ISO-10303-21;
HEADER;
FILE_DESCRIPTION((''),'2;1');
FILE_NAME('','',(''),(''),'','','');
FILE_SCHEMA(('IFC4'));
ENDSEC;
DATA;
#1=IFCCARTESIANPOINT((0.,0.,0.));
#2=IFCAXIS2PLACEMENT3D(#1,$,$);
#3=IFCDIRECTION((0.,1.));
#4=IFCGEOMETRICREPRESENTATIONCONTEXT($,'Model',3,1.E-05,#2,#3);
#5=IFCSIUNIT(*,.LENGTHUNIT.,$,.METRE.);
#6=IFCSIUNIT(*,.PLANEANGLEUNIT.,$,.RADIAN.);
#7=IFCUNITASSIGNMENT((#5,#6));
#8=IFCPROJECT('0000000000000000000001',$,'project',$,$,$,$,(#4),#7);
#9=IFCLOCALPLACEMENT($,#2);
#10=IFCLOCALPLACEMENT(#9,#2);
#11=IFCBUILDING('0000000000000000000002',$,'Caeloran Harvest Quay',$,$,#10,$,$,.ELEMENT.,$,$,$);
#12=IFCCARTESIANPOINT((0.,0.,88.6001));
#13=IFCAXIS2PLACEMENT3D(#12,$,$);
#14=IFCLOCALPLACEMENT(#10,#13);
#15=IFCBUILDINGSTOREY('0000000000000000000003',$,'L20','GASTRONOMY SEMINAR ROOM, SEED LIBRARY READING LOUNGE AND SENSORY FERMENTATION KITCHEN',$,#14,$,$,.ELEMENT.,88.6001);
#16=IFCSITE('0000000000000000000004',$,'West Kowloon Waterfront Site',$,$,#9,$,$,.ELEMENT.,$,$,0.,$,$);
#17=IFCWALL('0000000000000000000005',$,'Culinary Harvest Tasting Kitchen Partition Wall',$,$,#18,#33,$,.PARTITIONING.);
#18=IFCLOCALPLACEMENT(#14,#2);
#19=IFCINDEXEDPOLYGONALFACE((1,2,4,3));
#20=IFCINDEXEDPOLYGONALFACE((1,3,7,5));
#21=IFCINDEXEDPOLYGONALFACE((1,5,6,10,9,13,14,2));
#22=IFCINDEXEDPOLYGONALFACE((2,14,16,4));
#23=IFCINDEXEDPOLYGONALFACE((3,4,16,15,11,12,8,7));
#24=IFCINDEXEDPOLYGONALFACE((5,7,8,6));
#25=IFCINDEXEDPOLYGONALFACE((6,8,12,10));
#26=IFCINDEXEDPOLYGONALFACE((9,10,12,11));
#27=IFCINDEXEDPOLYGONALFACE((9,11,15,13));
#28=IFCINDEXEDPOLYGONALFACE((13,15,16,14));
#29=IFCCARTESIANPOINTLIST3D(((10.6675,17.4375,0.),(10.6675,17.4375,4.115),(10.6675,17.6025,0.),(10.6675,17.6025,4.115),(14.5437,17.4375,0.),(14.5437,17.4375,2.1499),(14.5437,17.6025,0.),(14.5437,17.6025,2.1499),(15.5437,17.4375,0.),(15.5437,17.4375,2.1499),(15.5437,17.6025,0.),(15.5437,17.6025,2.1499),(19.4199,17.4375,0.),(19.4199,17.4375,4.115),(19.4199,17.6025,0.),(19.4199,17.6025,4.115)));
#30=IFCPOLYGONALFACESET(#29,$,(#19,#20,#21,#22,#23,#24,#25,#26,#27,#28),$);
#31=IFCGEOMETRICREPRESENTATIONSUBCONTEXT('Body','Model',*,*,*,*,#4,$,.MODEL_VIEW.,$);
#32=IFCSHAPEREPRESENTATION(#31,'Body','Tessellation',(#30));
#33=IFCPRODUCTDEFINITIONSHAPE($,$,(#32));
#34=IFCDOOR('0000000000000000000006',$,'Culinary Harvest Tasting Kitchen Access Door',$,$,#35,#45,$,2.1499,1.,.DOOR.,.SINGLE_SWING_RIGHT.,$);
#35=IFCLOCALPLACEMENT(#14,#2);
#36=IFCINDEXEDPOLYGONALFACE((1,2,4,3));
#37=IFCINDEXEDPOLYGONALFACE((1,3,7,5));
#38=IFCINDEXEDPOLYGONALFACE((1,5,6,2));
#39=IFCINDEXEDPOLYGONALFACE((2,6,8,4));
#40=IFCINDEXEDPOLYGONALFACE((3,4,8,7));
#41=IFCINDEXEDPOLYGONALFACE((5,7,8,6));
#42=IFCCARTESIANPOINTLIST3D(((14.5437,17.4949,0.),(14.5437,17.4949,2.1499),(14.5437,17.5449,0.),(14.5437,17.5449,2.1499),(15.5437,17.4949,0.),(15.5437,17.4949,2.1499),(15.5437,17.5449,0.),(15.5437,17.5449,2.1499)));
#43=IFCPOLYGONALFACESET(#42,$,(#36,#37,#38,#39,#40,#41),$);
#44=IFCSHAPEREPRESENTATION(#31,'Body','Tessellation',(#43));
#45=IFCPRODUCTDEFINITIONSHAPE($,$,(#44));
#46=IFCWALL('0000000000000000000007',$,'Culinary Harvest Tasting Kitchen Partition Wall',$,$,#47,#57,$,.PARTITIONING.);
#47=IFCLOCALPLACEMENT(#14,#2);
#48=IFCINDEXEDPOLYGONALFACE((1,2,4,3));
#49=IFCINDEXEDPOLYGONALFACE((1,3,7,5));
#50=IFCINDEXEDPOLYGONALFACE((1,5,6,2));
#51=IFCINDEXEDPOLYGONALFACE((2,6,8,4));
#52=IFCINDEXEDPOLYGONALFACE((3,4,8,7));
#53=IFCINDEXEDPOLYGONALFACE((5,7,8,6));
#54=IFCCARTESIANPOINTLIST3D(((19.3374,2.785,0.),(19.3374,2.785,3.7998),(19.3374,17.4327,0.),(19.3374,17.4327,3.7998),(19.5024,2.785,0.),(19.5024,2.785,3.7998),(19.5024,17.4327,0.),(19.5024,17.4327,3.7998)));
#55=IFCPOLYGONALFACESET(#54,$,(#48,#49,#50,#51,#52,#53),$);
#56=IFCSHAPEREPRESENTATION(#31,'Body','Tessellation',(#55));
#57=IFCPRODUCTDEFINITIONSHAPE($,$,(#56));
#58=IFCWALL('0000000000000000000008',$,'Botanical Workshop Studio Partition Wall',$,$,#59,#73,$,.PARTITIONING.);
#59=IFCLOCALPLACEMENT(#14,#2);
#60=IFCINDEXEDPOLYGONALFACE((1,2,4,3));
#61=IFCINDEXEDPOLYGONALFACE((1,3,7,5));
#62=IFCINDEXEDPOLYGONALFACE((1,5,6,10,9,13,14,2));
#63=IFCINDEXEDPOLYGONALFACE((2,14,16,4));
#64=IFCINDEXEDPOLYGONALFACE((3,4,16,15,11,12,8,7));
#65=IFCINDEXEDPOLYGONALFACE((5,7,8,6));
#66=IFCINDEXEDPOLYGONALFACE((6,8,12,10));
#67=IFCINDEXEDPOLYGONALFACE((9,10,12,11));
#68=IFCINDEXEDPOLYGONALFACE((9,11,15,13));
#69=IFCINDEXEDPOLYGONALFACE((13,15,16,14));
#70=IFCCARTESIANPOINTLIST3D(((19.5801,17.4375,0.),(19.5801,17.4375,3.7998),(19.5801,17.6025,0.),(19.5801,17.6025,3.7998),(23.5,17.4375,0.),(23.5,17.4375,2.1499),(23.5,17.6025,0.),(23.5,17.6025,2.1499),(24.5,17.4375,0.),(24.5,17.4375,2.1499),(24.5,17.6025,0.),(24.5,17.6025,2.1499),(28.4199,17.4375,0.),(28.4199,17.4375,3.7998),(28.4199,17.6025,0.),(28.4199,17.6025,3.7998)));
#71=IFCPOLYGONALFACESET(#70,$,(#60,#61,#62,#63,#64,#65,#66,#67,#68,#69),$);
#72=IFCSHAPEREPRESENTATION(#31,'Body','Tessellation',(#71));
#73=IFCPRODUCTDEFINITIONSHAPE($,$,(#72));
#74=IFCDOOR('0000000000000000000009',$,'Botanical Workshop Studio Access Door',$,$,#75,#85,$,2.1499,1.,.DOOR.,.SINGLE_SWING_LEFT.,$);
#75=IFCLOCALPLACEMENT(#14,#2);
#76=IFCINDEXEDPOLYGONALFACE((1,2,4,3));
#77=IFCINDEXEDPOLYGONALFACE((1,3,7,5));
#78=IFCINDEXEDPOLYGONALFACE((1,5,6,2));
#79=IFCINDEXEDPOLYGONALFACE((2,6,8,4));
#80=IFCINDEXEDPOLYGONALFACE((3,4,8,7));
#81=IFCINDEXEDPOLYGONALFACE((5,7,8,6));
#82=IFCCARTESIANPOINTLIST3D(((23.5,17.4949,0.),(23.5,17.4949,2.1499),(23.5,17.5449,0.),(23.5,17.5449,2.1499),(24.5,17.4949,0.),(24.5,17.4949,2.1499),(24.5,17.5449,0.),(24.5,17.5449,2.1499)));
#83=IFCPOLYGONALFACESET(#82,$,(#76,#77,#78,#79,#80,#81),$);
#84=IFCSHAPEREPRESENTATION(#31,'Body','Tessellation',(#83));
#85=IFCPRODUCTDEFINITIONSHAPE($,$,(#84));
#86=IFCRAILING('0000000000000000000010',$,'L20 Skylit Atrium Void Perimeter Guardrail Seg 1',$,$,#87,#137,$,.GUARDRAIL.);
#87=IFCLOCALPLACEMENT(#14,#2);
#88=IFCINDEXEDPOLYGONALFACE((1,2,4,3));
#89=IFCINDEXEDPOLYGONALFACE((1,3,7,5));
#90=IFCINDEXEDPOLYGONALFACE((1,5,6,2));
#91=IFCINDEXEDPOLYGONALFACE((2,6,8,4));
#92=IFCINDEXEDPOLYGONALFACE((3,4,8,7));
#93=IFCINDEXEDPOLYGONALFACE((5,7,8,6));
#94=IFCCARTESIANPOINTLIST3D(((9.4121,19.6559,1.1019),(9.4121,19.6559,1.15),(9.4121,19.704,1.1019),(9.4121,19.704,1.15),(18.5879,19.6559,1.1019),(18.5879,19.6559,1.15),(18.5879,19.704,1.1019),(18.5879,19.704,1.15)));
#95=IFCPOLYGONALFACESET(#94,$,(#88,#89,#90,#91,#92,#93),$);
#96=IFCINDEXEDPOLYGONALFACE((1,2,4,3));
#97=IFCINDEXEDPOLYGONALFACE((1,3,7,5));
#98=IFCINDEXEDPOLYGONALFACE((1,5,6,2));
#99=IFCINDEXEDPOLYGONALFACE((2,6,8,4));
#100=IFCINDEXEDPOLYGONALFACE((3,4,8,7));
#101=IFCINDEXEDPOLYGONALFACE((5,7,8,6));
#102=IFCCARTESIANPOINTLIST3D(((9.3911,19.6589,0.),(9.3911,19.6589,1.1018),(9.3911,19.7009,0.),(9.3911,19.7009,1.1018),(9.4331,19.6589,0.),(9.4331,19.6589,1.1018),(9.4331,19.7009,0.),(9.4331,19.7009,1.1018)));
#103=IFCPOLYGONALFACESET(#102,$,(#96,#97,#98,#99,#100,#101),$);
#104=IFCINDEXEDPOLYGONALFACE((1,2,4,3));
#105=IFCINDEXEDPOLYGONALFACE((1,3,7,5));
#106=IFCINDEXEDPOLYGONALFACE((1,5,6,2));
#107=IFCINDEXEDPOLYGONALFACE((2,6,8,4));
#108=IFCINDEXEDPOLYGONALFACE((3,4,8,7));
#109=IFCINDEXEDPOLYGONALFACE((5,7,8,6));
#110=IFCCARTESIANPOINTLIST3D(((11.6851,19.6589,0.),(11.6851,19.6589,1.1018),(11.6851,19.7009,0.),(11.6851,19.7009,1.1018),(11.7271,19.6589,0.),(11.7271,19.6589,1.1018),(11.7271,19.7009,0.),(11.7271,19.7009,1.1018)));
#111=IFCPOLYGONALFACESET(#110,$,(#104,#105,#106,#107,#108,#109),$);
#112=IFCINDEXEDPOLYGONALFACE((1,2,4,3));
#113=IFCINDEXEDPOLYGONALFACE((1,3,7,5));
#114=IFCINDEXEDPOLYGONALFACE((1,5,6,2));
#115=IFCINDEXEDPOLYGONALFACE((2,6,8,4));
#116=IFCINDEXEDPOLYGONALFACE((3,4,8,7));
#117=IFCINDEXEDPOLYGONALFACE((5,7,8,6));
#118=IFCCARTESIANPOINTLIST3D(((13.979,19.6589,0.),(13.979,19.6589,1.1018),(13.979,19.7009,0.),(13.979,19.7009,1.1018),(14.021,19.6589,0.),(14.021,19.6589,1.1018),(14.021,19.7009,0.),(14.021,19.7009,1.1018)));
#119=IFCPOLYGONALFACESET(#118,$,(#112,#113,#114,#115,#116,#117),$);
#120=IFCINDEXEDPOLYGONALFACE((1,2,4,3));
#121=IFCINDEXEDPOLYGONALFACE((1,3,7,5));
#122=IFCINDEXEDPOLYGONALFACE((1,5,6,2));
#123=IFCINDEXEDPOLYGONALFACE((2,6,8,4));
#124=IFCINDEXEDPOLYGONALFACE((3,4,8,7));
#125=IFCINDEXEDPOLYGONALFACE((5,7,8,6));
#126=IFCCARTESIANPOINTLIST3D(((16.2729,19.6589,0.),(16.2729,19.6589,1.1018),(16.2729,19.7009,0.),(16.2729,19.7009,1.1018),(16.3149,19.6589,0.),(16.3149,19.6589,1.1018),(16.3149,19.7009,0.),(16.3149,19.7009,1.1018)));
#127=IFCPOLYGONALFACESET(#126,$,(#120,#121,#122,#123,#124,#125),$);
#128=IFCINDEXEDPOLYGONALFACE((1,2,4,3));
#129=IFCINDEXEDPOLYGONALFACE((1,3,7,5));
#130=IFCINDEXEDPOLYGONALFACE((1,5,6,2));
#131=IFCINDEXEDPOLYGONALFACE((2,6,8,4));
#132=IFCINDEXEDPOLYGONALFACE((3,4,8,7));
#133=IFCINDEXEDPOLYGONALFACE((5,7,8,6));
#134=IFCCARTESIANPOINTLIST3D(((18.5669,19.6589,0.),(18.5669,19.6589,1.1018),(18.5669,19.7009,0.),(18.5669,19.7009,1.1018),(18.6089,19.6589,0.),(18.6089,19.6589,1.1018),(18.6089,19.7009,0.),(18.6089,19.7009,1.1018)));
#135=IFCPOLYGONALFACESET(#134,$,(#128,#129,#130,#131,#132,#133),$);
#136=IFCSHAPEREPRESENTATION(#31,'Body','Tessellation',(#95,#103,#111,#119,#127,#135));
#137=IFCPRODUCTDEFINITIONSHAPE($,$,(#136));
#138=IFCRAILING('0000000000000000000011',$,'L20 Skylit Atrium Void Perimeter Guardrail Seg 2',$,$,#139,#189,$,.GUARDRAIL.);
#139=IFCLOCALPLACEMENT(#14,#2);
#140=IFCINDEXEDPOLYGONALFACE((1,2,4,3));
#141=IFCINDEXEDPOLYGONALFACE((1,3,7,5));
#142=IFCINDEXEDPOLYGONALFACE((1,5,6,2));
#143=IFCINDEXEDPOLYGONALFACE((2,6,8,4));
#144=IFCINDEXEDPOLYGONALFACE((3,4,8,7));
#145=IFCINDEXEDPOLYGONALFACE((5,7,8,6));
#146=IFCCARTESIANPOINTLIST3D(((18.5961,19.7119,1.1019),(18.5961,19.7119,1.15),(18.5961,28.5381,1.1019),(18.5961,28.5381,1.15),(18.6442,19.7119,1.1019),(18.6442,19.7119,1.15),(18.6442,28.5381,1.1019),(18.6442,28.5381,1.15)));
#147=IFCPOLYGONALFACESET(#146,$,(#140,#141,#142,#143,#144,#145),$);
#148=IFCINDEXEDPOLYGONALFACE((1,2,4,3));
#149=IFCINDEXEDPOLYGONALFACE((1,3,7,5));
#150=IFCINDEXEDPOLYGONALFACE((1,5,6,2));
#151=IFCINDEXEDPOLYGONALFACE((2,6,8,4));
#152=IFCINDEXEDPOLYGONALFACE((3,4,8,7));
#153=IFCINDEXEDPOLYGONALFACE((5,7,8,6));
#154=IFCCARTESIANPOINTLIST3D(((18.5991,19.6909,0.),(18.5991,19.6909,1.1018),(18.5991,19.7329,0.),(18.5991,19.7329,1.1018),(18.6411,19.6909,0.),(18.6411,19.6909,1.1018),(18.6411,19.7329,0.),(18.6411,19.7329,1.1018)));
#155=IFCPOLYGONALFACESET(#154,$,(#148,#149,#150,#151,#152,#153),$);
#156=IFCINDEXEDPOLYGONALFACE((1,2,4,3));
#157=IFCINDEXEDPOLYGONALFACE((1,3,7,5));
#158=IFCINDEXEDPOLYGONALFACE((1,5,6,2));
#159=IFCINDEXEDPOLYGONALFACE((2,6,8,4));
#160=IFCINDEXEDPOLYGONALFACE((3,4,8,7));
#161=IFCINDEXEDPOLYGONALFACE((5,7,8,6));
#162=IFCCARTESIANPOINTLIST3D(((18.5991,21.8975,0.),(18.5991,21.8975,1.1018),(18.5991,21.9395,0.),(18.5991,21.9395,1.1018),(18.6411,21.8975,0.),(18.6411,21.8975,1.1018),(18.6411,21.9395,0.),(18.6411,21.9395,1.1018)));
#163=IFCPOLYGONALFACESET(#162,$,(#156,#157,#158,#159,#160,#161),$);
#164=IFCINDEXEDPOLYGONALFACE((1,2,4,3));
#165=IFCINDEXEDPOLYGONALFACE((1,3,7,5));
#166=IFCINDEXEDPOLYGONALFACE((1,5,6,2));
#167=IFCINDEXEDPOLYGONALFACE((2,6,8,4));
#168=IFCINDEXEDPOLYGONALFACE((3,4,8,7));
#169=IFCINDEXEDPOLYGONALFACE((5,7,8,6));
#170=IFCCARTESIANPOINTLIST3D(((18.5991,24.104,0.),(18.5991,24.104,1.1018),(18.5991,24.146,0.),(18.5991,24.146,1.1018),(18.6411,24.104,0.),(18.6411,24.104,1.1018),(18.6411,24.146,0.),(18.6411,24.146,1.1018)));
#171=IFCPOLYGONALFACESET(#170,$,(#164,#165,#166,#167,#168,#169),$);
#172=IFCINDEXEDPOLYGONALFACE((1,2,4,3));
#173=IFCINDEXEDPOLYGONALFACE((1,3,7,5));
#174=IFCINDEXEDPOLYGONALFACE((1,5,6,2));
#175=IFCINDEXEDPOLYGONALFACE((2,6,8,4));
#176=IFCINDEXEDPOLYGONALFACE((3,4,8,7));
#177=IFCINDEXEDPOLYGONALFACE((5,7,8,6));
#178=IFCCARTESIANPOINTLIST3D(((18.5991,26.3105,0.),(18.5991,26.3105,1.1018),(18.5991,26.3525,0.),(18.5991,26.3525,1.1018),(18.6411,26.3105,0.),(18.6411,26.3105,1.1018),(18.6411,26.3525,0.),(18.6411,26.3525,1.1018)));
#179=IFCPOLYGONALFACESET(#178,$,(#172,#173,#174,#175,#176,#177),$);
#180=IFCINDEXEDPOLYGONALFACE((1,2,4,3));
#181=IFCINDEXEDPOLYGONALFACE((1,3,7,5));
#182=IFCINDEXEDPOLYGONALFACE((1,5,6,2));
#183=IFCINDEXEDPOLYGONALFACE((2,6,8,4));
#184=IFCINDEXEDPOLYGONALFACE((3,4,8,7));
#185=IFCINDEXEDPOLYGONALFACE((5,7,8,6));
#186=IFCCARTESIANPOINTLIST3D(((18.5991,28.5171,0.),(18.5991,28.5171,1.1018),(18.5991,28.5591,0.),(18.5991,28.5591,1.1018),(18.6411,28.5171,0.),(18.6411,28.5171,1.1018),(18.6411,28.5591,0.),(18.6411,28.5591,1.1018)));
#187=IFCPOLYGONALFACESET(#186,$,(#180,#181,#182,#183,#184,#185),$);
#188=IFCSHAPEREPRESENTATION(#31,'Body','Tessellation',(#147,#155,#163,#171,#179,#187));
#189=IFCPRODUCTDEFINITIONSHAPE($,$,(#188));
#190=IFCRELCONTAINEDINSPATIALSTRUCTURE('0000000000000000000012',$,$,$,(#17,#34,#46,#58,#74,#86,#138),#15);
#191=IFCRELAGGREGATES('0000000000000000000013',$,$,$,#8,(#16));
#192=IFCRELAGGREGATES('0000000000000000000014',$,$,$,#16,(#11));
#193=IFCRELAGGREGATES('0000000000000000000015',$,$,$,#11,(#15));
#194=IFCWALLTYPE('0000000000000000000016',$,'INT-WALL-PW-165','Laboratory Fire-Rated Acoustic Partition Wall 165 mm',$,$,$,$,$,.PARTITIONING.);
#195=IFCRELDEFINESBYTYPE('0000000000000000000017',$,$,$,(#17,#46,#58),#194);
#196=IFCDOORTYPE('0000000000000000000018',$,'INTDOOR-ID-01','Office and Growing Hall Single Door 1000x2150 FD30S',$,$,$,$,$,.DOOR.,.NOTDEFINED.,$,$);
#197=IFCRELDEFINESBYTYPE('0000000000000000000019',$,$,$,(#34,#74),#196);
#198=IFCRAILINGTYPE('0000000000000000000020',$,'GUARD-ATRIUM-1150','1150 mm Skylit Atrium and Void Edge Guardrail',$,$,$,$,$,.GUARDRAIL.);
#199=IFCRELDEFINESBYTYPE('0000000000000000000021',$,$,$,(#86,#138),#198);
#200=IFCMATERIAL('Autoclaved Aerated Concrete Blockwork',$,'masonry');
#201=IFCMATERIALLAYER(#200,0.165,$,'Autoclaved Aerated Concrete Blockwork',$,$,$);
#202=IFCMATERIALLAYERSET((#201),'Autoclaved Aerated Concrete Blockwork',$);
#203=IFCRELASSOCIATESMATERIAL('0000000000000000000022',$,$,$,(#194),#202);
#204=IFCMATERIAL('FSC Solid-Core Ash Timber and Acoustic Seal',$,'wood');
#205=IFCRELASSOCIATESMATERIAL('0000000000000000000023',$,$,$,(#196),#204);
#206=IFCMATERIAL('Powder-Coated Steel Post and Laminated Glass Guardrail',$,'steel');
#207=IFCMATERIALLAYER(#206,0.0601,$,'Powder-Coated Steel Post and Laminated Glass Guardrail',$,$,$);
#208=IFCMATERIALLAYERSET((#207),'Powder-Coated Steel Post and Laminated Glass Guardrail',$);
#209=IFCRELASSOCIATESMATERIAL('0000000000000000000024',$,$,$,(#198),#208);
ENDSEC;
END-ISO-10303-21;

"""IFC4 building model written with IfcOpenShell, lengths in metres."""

from ifc_helpers import new_model, si_unit, direction, frame, frame_2d, origin, origin_2d, place, context, subcontext, project, spatial, rectangle, extrude, material, layer, layer_set, type_object, element, fill, save


model = new_model("IFC4")

# Units and contexts
model_context = context("Model", 3, precision=1e-05, world=origin(), true_north=direction((0.0, 1.0)))
body_context = subcontext(model_context, "Body", "Model", "MODEL_VIEW")
ifc_project = project(units=[si_unit("LENGTHUNIT", "METRE"), si_unit("PLANEANGLEUNIT", "RADIAN")], contexts=[model_context])

# Site, building, storey
site_placement = place(None, origin())
site = spatial("IfcSite", under=ifc_project, at=site_placement, Name="West Kowloon Waterfront Site", CompositionType="ELEMENT", RefElevation=0.0)
building_placement = place(site_placement, origin())
building = spatial("IfcBuilding", under=site, at=building_placement, Name="Caeloran Harvest Quay", CompositionType="ELEMENT")
storey_placement = place(building_placement, frame((0.0, 0.0, 88.6001)))
storey = spatial("IfcBuildingStorey", under=building, at=storey_placement, Name="L20", Description="GASTRONOMY SEMINAR ROOM, SEED LIBRARY READING LOUNGE AND SENSORY FERMENTATION KITCHEN", CompositionType="ELEMENT", Elevation=88.6001)

# Wall, opening, door
ifc_material_1 = material(Name="Autoclaved Aerated Concrete Blockwork", Category="masonry")
ifc_layer_1 = layer(ifc_material_1, 0.165, Name="Autoclaved Aerated Concrete Blockwork")
ifc_layer_set_1 = layer_set([ifc_layer_1], Name="Autoclaved Aerated Concrete Blockwork")
wall_type_1 = type_object("IfcWallType", Name="INT-WALL-PW-165", Description="Laboratory Fire-Rated Acoustic Partition Wall 165 mm", PredefinedType="PARTITIONING", material=ifc_layer_set_1)
wall_1_placement = place(storey_placement, frame((10.6675, 17.52, 0.0), z_axis=(0.0, 0.0, 1.0), x_axis=(1.0, 0.0, 0.0)))
wall_1 = element("IfcWall", 1, at=wall_1_placement, inside=storey, type_object=wall_type_1, Name="Culinary Harvest Tasting Kitchen Partition Wall", PredefinedType="PARTITIONING", context=body_context, shape_type="SweptSolid", body=[
    extrude(rectangle(XDim=8.7524, YDim=0.165, at=frame_2d((4.3762, 0.0))), origin(), (0.0, 0.0, 1.0), 4.115),
])
opening_1_placement = place(wall_1_placement, frame((3.8762, 0.0, 0.0)))
opening_1 = element("IfcOpeningElement", 2, at=opening_1_placement, cuts=wall_1, PredefinedType="OPENING", context=body_context, shape_type="SweptSolid", body=[
    extrude(rectangle(XDim=1.0, YDim=2.1499, at=frame_2d((0.5, 1.075))), frame((0.0, 0.0925, 0.0), z_axis=(0.0, -1.0, 0.0), x_axis=(1.0, 0.0, 0.0)), (0.0, 0.0, 1.0), 0.1851),
])
ifc_material_2 = material(Name="FSC Solid-Core Ash Timber and Acoustic Seal", Category="wood")
door_type_1 = type_object("IfcDoorType", Name="INTDOOR-ID-01", Description="Office and Growing Hall Single Door 1000x2150 FD30S", OperationType="NOTDEFINED", PredefinedType="DOOR", material=ifc_material_2)
door_1_placement = place(opening_1_placement, origin())
door_1 = element("IfcDoor", 3, at=door_1_placement, inside=storey, type_object=door_type_1, Name="Culinary Harvest Tasting Kitchen Access Door", OperationType="SINGLE_SWING_RIGHT", OverallHeight=2.1499, OverallWidth=1.0, PredefinedType="DOOR", context=body_context, shape_type="SweptSolid", body=[
    extrude(rectangle(XDim=1.0, YDim=2.1499, at=frame_2d((0.5, 1.075))), frame((0.0, 0.0249, 0.0), z_axis=(0.0, -1.0, 0.0), x_axis=(1.0, 0.0, 0.0)), (0.0, 0.0, 1.0), 0.05),
])
fill(opening_1, door_1)

# Wall
wall_2_placement = place(storey_placement, frame((19.4199, 17.4326, 0.0), z_axis=(0.0, 0.0, 1.0), x_axis=(0.0, -1.0, 0.0)))
element("IfcWall", 4, at=wall_2_placement, inside=storey, type_object=wall_type_1, Name="Culinary Harvest Tasting Kitchen Partition Wall", PredefinedType="PARTITIONING", context=body_context, shape_type="SweptSolid", body=[
    extrude(rectangle(XDim=14.6477, YDim=0.165, at=frame_2d((7.3237, 0.0))), origin(), (0.0, 0.0, 1.0), 3.7998),
])

# Wall, opening, door
wall_3_placement = place(storey_placement, frame((19.5801, 17.52, 0.0), z_axis=(0.0, 0.0, 1.0), x_axis=(1.0, 0.0, 0.0)))
wall_3 = element("IfcWall", 5, at=wall_3_placement, inside=storey, type_object=wall_type_1, Name="Botanical Workshop Studio Partition Wall", PredefinedType="PARTITIONING", context=body_context, shape_type="SweptSolid", body=[
    extrude(rectangle(XDim=8.8398, YDim=0.165, at=frame_2d((4.4199, 0.0))), origin(), (0.0, 0.0, 1.0), 3.7998),
])
opening_2_placement = place(wall_3_placement, frame((3.9199, 0.0, 0.0)))
opening_2 = element("IfcOpeningElement", 6, at=opening_2_placement, cuts=wall_3, PredefinedType="OPENING", context=body_context, shape_type="SweptSolid", body=[
    extrude(rectangle(XDim=1.0, YDim=2.1499, at=frame_2d((0.5, 1.075))), frame((0.0, 0.0925, 0.0), z_axis=(0.0, -1.0, 0.0), x_axis=(1.0, 0.0, 0.0)), (0.0, 0.0, 1.0), 0.1851),
])
door_2_placement = place(opening_2_placement, origin())
door_2 = element("IfcDoor", 7, at=door_2_placement, inside=storey, type_object=door_type_1, Name="Botanical Workshop Studio Access Door", OperationType="SINGLE_SWING_LEFT", OverallHeight=2.1499, OverallWidth=1.0, PredefinedType="DOOR", context=body_context, shape_type="SweptSolid", body=[
    extrude(rectangle(XDim=1.0, YDim=2.1499, at=frame_2d((0.5, 1.075))), frame((0.0, 0.0249, 0.0), z_axis=(0.0, -1.0, 0.0), x_axis=(1.0, 0.0, 0.0)), (0.0, 0.0, 1.0), 0.05),
])
fill(opening_2, door_2)

# Railings
ifc_material_3 = material(Name="Powder-Coated Steel Post and Laminated Glass Guardrail", Category="steel")
ifc_layer_2 = layer(ifc_material_3, 0.0601, Name="Powder-Coated Steel Post and Laminated Glass Guardrail")
ifc_layer_set_2 = layer_set([ifc_layer_2], Name="Powder-Coated Steel Post and Laminated Glass Guardrail")
railing_type = type_object("IfcRailingType", Name="GUARD-ATRIUM-1150", Description="1150 mm Skylit Atrium and Void Edge Guardrail", PredefinedType="GUARDRAIL", material=ifc_layer_set_2)
railing_1_placement = place(storey_placement, frame((9.4121, 19.6799, 0.0)))
element("IfcRailing", 8, at=railing_1_placement, inside=storey, type_object=railing_type, Name="L20 Skylit Atrium Void Perimeter Guardrail Seg 1", PredefinedType="GUARDRAIL", context=body_context, shape_type="SweptSolid", body=[
    extrude(rectangle(XDim=0.0481, YDim=0.0481, at=origin_2d()), frame((0.0, 0.0, 1.126), z_axis=(1.0, 0.0, 0.0), x_axis=(0.0, 1.0, 0.0)), (0.0, 0.0, 1.0), 9.1758),
    extrude(rectangle(XDim=0.042, YDim=0.042, at=origin_2d()), origin(), (0.0, 0.0, 1.0), 1.1018),
    extrude(rectangle(XDim=0.042, YDim=0.042, at=origin_2d()), frame((2.2939, 0.0, 0.0)), (0.0, 0.0, 1.0), 1.1018),
    extrude(rectangle(XDim=0.042, YDim=0.042, at=origin_2d()), frame((4.5879, 0.0, 0.0)), (0.0, 0.0, 1.0), 1.1018),
    extrude(rectangle(XDim=0.042, YDim=0.042, at=origin_2d()), frame((6.8818, 0.0, 0.0)), (0.0, 0.0, 1.0), 1.1018),
    extrude(rectangle(XDim=0.042, YDim=0.042, at=origin_2d()), frame((9.1758, 0.0, 0.0)), (0.0, 0.0, 1.0), 1.1018),
])
railing_2_placement = place(storey_placement, frame((18.6201, 19.7119, 0.0)))
element("IfcRailing", 9, at=railing_2_placement, inside=storey, type_object=railing_type, Name="L20 Skylit Atrium Void Perimeter Guardrail Seg 2", PredefinedType="GUARDRAIL", context=body_context, shape_type="SweptSolid", body=[
    extrude(rectangle(XDim=0.0481, YDim=0.0481, at=origin_2d()), frame((0.0, 0.0, 1.126), z_axis=(0.0, 1.0, 0.0), x_axis=(-1.0, 0.0, 0.0)), (0.0, 0.0, 1.0), 8.8262),
    extrude(rectangle(XDim=0.042, YDim=0.042, at=origin_2d()), origin(), (0.0, 0.0, 1.0), 1.1018),
    extrude(rectangle(XDim=0.042, YDim=0.042, at=origin_2d()), frame((0.0, 2.2065, 0.0)), (0.0, 0.0, 1.0), 1.1018),
    extrude(rectangle(XDim=0.042, YDim=0.042, at=origin_2d()), frame((0.0, 4.4131, 0.0)), (0.0, 0.0, 1.0), 1.1018),
    extrude(rectangle(XDim=0.042, YDim=0.042, at=origin_2d()), frame((0.0, 6.6196, 0.0)), (0.0, 0.0, 1.0), 1.1018),
    extrude(rectangle(XDim=0.042, YDim=0.042, at=origin_2d()), frame((0.0, 8.8262, 0.0)), (0.0, 0.0, 1.0), 1.1018),
])

save(model, "model.ifc")
